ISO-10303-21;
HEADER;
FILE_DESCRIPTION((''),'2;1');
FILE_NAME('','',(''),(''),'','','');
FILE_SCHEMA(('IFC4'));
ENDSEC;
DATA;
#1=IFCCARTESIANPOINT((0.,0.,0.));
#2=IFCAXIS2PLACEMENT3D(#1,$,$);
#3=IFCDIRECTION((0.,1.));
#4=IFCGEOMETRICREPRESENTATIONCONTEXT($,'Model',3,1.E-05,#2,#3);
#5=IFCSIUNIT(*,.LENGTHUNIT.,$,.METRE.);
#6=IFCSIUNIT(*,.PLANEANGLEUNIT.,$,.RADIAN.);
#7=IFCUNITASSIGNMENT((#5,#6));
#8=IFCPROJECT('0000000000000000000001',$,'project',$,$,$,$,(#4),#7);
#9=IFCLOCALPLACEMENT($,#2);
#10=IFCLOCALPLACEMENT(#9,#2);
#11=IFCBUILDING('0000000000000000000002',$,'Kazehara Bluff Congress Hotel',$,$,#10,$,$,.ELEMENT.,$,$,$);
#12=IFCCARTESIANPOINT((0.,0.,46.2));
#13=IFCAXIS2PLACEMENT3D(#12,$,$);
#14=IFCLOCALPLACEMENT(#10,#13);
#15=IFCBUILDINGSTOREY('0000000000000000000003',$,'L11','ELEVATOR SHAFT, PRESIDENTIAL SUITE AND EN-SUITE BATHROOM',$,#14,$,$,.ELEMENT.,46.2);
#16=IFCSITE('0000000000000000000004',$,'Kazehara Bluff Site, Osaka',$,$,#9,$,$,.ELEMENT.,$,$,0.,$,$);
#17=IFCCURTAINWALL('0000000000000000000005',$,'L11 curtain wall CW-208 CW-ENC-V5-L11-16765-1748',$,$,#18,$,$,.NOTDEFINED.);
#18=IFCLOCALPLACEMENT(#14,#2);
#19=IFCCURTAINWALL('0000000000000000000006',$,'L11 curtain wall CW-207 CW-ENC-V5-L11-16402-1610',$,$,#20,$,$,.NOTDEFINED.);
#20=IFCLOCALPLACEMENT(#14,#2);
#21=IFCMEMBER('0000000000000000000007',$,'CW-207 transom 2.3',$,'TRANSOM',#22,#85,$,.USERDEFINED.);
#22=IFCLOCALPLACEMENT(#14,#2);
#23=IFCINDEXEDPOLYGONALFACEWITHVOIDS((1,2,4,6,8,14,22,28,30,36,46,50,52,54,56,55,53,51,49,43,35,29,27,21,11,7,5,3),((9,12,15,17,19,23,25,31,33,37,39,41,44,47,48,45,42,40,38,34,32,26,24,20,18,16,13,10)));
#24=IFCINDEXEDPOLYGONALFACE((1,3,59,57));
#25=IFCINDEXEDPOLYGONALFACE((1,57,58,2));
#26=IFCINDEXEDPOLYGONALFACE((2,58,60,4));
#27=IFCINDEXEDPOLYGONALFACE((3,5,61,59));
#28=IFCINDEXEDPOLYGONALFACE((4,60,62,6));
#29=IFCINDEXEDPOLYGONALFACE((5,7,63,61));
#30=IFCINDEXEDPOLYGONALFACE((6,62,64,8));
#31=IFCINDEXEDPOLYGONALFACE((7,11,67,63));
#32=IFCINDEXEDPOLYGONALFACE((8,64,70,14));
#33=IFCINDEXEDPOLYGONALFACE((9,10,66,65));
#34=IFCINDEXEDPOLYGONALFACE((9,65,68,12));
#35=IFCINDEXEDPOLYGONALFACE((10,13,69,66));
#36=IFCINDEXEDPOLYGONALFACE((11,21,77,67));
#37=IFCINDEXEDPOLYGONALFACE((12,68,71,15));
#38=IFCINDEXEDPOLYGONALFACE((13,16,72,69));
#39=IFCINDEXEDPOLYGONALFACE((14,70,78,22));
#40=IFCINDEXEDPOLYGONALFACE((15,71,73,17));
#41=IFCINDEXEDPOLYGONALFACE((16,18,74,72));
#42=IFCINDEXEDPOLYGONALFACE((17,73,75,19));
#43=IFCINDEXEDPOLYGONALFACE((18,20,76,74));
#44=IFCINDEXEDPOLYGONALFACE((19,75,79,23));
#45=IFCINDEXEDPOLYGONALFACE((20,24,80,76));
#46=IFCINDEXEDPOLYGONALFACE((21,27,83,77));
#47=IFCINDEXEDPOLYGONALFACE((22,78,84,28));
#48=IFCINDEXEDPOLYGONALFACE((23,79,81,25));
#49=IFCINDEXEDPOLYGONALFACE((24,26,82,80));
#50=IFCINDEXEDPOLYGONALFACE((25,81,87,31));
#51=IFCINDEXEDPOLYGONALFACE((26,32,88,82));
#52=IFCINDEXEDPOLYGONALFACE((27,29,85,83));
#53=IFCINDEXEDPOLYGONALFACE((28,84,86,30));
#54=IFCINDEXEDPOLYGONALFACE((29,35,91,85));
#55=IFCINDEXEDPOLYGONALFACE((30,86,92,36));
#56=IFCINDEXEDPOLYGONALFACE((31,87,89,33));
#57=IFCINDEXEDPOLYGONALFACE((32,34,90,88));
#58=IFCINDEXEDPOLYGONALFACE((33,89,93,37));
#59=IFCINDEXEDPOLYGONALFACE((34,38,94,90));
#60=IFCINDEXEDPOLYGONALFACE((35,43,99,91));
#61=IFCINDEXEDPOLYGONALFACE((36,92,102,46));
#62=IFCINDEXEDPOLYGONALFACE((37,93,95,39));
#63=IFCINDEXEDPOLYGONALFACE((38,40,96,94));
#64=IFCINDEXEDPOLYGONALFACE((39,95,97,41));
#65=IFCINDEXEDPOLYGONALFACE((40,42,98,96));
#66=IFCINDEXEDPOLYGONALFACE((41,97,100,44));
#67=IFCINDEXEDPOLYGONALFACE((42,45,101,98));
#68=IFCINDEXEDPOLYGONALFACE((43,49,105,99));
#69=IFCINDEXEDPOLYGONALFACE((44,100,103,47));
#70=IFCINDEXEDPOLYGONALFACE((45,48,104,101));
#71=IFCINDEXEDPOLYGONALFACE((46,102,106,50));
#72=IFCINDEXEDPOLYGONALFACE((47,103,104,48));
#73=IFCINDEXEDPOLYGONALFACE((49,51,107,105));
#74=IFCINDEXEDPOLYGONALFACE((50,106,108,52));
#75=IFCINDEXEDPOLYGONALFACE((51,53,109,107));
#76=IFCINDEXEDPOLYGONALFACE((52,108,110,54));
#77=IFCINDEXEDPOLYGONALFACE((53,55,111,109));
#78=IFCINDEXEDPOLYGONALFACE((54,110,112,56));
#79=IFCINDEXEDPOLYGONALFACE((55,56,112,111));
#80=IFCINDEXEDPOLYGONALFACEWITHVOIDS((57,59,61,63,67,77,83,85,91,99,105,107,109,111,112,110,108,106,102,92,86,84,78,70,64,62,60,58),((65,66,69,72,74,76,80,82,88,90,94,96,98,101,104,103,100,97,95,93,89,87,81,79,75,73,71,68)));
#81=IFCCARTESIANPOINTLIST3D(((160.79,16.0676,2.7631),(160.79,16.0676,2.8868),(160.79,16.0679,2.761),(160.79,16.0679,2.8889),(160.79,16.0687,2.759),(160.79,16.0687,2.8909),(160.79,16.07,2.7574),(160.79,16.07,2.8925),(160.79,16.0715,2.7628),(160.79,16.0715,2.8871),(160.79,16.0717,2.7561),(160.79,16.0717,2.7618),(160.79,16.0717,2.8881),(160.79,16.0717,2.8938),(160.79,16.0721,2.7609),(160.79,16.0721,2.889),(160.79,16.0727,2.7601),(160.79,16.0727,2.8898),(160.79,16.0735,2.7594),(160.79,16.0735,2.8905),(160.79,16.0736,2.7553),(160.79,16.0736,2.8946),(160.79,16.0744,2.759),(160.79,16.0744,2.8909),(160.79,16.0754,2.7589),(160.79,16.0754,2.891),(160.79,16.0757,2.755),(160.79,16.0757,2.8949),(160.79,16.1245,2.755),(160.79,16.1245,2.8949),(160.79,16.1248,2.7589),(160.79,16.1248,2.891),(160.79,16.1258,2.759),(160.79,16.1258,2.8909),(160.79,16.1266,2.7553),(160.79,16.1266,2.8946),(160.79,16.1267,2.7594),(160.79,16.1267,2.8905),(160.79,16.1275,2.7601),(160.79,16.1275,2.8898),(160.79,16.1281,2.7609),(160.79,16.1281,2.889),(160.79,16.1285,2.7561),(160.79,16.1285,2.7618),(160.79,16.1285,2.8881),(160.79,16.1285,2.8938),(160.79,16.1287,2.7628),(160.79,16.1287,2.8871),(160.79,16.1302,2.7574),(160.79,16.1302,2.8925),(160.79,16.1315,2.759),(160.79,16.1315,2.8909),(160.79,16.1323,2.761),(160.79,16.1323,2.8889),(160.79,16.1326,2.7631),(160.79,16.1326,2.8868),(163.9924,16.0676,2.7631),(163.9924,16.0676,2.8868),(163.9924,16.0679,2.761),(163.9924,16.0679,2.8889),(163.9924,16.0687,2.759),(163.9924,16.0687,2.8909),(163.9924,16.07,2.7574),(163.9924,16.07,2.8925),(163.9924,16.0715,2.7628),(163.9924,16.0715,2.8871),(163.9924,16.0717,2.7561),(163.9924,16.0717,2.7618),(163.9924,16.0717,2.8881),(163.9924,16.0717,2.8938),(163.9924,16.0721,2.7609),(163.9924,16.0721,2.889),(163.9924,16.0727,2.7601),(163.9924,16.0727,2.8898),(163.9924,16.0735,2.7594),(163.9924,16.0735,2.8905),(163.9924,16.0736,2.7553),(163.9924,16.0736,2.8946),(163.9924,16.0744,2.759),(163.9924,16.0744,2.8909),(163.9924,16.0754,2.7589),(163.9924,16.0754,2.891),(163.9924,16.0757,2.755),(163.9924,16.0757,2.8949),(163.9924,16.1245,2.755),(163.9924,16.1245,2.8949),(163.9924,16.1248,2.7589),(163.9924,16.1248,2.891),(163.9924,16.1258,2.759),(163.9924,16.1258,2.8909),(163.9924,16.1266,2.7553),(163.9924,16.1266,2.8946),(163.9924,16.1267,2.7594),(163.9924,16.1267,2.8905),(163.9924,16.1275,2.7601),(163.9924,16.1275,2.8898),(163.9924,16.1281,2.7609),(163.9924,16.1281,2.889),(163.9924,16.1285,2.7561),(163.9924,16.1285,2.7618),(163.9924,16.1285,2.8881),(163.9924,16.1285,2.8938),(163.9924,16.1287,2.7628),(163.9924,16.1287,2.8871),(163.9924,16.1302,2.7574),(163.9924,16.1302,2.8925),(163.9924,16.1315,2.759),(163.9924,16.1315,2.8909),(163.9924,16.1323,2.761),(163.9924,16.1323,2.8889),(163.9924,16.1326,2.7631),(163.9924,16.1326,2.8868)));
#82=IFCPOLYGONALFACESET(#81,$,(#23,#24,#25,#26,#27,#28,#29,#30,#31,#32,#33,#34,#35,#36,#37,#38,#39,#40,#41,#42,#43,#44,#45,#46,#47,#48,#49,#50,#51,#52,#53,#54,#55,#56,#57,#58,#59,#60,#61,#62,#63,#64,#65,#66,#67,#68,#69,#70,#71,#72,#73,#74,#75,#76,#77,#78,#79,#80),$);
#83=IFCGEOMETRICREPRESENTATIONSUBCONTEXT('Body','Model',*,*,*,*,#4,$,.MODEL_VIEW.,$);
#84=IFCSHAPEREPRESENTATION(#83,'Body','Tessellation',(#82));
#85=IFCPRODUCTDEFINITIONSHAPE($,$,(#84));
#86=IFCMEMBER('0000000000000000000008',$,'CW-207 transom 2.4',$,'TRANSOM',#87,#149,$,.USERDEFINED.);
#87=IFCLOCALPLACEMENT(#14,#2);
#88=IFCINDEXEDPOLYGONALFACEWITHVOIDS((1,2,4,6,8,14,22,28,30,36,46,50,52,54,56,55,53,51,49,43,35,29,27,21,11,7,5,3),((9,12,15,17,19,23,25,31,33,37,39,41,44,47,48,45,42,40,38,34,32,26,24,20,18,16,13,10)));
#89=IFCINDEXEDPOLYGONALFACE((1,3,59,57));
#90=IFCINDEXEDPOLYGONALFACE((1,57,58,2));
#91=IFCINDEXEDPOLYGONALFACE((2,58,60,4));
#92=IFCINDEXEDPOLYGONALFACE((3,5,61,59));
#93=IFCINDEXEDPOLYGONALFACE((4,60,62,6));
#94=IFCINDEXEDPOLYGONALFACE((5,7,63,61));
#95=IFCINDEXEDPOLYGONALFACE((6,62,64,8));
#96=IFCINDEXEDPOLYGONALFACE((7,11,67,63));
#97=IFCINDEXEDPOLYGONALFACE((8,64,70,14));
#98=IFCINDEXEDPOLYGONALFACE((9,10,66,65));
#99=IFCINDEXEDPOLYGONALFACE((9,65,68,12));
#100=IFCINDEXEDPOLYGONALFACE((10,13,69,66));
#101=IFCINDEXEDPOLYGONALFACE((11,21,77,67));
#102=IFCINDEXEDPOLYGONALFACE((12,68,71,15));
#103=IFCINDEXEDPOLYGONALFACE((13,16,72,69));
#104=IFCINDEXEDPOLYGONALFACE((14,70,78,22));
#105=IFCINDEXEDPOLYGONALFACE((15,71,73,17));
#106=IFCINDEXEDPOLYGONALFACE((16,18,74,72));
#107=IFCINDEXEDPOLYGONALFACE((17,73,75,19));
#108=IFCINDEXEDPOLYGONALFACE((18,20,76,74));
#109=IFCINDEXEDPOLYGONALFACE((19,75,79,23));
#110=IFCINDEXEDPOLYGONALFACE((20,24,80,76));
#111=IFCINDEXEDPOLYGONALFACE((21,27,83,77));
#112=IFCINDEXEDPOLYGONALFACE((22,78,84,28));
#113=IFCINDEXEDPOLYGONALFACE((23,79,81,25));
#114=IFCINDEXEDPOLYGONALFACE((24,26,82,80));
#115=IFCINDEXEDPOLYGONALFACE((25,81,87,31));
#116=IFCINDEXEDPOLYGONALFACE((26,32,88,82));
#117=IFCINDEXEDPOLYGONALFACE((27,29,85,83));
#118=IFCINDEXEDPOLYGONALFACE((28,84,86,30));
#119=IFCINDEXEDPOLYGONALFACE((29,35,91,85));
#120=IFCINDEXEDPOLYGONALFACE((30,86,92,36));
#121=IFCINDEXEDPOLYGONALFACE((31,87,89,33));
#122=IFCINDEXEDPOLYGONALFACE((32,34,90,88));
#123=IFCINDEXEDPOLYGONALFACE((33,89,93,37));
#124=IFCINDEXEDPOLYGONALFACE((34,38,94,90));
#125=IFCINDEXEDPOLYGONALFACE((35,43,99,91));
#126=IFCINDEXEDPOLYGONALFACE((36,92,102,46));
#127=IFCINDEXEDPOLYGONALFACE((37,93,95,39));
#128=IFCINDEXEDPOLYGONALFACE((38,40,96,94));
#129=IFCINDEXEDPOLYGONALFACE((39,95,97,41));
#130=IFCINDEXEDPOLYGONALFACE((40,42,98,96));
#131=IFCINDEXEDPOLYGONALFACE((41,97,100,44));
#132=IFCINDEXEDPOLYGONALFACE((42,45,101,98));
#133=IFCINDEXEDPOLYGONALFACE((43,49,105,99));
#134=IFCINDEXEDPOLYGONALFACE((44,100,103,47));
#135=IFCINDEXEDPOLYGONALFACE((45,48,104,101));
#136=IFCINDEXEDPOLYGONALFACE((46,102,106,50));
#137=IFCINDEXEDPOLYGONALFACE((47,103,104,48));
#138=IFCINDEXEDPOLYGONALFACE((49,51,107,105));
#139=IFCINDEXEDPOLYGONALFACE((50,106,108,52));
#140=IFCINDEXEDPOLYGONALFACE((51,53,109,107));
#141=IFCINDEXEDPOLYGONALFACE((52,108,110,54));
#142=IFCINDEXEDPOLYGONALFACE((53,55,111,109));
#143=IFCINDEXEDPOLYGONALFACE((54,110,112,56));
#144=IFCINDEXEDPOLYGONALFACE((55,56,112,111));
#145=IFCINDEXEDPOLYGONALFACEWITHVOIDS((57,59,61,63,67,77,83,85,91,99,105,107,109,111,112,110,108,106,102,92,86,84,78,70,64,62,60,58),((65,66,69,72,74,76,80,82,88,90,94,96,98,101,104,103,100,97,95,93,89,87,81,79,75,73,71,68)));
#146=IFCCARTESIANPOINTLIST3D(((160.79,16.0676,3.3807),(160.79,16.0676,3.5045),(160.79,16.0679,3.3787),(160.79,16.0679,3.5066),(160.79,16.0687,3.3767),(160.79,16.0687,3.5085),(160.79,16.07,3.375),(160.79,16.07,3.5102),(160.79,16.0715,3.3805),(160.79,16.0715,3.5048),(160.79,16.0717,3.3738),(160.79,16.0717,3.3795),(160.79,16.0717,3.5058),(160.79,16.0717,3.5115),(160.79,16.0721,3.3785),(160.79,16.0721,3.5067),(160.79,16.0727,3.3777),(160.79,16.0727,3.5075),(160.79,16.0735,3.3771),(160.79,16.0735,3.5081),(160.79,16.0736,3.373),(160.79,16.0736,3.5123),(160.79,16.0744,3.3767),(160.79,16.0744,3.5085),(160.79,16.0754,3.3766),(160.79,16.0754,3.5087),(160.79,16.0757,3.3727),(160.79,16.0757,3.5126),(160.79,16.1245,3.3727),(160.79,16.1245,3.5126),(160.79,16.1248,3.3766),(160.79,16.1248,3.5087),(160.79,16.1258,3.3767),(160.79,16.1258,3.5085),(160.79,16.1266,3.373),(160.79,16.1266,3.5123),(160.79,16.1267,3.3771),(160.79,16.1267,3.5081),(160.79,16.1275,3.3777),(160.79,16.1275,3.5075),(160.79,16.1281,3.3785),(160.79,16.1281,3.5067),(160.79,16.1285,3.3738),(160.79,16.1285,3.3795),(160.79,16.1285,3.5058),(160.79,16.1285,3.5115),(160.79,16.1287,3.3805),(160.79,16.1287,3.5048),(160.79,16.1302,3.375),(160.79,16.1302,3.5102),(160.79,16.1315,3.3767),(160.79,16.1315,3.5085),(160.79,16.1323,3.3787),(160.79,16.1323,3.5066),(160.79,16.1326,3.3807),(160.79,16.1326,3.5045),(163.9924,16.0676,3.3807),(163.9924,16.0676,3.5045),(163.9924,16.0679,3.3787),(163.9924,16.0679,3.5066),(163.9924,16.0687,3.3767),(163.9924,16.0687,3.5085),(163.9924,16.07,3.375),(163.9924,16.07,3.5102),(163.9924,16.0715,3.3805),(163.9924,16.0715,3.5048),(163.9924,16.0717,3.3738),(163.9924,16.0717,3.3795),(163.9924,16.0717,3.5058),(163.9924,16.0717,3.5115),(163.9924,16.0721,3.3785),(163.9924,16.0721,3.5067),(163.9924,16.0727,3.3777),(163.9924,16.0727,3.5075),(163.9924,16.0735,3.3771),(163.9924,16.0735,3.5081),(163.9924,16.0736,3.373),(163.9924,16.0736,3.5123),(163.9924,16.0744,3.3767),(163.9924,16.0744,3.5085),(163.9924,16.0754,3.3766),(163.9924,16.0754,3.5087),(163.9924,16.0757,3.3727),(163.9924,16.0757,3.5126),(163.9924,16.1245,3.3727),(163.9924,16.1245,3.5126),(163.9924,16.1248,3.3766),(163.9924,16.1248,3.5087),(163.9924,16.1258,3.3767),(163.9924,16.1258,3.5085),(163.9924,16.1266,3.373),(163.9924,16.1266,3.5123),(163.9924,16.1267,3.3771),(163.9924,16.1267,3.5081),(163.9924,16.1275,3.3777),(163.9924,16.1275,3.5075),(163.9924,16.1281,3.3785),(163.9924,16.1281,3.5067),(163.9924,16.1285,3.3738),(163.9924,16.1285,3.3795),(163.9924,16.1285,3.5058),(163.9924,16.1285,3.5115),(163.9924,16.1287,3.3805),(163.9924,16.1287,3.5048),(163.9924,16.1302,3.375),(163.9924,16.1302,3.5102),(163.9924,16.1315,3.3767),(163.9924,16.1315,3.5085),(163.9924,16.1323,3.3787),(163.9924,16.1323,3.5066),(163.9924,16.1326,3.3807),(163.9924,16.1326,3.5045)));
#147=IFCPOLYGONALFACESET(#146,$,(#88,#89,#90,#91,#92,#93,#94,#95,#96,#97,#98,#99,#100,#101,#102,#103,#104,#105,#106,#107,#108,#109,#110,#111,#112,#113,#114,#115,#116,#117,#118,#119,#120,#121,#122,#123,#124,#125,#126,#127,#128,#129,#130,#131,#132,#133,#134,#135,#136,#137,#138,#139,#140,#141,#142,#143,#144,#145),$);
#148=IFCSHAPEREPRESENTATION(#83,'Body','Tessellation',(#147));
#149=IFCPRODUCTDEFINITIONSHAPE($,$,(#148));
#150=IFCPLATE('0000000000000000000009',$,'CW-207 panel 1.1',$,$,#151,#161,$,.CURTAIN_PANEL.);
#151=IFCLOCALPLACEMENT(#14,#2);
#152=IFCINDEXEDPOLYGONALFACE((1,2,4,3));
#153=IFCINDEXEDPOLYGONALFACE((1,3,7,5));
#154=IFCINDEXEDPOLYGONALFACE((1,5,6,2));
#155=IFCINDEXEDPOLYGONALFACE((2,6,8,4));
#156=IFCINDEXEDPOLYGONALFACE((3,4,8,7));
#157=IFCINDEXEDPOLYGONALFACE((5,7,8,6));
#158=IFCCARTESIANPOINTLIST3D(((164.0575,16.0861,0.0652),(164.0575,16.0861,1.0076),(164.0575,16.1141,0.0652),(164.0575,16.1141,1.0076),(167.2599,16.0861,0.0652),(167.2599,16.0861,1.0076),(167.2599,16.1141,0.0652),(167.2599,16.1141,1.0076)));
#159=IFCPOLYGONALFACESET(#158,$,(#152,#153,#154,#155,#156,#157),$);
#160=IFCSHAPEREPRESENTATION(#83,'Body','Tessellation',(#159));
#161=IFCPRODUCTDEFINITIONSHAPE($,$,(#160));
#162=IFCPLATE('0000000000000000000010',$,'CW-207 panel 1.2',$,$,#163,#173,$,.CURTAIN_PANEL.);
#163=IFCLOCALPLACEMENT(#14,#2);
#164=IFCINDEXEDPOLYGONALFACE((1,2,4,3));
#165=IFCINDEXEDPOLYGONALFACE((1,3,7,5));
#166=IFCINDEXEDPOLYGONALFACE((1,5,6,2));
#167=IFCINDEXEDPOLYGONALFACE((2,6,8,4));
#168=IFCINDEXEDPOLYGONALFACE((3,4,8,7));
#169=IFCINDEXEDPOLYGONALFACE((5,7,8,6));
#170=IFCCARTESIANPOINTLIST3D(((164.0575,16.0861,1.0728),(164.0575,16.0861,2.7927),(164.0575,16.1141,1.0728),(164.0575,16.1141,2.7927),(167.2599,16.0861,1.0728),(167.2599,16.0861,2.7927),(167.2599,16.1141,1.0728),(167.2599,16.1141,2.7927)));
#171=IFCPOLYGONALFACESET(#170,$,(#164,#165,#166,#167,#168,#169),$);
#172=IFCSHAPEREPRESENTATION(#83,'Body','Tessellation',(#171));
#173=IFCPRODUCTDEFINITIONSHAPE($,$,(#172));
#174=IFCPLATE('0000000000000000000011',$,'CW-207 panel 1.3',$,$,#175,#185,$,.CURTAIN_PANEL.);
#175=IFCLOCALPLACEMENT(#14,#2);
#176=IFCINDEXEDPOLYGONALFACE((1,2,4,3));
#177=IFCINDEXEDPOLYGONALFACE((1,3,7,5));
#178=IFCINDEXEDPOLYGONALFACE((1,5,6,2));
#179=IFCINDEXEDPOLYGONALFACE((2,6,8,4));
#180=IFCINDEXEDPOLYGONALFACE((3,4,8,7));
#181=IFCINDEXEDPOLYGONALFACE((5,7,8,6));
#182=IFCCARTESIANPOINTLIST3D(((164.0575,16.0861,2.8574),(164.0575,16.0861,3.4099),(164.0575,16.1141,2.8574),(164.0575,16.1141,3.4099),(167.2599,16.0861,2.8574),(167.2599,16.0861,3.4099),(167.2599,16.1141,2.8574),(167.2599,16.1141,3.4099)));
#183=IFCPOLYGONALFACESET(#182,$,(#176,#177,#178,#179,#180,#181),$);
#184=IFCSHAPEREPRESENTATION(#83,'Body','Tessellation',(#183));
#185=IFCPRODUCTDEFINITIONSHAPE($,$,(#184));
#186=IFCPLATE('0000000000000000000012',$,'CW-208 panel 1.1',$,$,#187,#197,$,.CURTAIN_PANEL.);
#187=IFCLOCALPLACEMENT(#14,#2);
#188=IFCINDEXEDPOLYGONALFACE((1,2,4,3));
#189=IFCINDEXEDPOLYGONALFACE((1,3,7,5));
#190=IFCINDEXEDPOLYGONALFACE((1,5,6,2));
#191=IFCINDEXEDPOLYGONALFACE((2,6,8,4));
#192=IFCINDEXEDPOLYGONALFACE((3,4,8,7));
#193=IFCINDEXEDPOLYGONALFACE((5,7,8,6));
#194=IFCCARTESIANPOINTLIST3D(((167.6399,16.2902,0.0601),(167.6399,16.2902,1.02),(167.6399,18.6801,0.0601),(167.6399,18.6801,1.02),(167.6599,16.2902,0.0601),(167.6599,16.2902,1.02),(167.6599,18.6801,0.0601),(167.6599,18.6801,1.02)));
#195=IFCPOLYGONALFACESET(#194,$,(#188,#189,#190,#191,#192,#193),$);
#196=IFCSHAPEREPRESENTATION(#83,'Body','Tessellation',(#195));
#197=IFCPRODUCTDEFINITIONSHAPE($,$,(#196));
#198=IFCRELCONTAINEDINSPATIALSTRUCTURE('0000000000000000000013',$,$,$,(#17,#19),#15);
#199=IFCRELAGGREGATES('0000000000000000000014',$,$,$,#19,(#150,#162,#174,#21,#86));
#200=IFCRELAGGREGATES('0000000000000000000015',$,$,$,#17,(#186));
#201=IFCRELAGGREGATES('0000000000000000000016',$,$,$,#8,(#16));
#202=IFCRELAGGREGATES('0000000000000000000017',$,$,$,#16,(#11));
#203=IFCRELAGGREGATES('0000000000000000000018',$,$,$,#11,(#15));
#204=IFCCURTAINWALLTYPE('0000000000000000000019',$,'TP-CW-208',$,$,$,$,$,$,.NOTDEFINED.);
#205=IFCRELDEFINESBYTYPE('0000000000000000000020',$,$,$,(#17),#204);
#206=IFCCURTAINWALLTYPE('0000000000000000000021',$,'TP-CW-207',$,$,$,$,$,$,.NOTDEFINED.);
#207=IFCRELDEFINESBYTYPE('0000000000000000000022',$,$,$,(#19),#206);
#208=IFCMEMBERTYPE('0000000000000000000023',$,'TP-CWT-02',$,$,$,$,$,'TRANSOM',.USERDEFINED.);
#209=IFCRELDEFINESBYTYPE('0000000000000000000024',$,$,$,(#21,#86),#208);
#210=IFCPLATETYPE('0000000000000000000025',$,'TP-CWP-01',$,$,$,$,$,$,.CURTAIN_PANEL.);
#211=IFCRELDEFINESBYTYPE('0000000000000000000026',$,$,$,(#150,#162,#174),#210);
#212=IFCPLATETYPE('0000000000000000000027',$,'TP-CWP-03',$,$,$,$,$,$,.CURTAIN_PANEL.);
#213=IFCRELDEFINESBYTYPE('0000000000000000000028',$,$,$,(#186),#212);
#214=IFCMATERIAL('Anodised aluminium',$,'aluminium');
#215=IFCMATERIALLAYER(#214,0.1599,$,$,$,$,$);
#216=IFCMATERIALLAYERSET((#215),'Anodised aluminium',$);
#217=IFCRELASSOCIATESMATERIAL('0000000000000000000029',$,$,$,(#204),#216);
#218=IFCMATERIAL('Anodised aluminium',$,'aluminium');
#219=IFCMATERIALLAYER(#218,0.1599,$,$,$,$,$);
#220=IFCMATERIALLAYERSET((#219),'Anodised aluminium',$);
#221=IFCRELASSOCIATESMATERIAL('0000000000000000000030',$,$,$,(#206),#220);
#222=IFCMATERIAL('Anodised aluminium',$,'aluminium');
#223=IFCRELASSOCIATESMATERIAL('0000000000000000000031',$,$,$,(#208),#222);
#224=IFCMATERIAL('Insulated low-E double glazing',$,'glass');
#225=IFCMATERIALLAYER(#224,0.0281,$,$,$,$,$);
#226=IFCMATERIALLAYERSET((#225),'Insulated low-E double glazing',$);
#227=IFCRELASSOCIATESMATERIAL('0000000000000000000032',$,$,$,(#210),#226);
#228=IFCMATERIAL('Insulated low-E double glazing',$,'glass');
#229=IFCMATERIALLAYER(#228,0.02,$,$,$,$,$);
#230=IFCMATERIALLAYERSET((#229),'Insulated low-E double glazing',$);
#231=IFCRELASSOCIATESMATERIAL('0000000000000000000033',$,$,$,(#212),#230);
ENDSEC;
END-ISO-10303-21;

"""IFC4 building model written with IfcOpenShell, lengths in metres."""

from ifc_helpers import new_model, si_unit, direction, frame, origin, origin_2d, place, context, subcontext, project, spatial, rectangle, hollow_rectangle, extrude, material, layer, layer_set, material_profile, profile_set, type_object, element, aggregate, save


model = new_model("IFC4")

# Units and contexts
model_context = context("Model", 3, precision=1e-05, world=origin(), true_north=direction((0.0, 1.0)))
body_context = subcontext(model_context, "Body", "Model", "MODEL_VIEW")
ifc_project = project(units=[si_unit("LENGTHUNIT", "METRE"), si_unit("PLANEANGLEUNIT", "RADIAN")], contexts=[model_context])

# Site, building, storey
site_placement = place(None, origin())
site = spatial("IfcSite", under=ifc_project, at=site_placement, Name="Kazehara Bluff Site, Osaka", CompositionType="ELEMENT", RefElevation=0.0)
building_placement = place(site_placement, origin())
building = spatial("IfcBuilding", under=site, at=building_placement, Name="Kazehara Bluff Congress Hotel", CompositionType="ELEMENT")
storey_placement = place(building_placement, frame((0.0, 0.0, 46.2)))
storey = spatial("IfcBuildingStorey", under=building, at=storey_placement, Name="L11", Description="ELEVATOR SHAFT, PRESIDENTIAL SUITE AND EN-SUITE BATHROOM", CompositionType="ELEMENT", Elevation=46.2)

# Curtain wall
ifc_material_1 = material(Name="Anodised aluminium", Category="aluminium")
ifc_layer_1 = layer(ifc_material_1, 0.1599)
ifc_layer_set_1 = layer_set([ifc_layer_1], Name="Anodised aluminium")
curtain_wall_type_1 = type_object("IfcCurtainWallType", Name="TP-CW-208", PredefinedType="NOTDEFINED", material=ifc_layer_set_1)
curtain_wall_1_placement = place(storey_placement, origin())
curtain_wall_1 = element("IfcCurtainWall", 1, at=curtain_wall_1_placement, inside=storey, type_object=curtain_wall_type_1, Name="L11 curtain wall CW-208 CW-ENC-V5-L11-16765-1748", PredefinedType="NOTDEFINED")

# Curtain wall
ifc_material_2 = material(Name="Anodised aluminium", Category="aluminium")
ifc_layer_2 = layer(ifc_material_2, 0.1599)
ifc_layer_set_2 = layer_set([ifc_layer_2], Name="Anodised aluminium")
curtain_wall_type_2 = type_object("IfcCurtainWallType", Name="TP-CW-207", PredefinedType="NOTDEFINED", material=ifc_layer_set_2)
curtain_wall_2_placement = place(storey_placement, origin())
curtain_wall_2 = element("IfcCurtainWall", 2, at=curtain_wall_2_placement, inside=storey, type_object=curtain_wall_type_2, Name="L11 curtain wall CW-207 CW-ENC-V5-L11-16402-1610", PredefinedType="NOTDEFINED")

# Members
ifc_material_3 = material(Name="Anodised aluminium", Category="aluminium")
ifc_material_profile_1 = material_profile(ifc_material_3, hollow_rectangle(XDim=0.0649, YDim=0.1399, WallThickness=0.0039, InnerFilletRadius=0.0039, OuterFilletRadius=0.0081, at=origin_2d()))
ifc_profile_set_1 = profile_set([ifc_material_profile_1], Name="Anodised aluminium")
member_type_1 = type_object("IfcMemberType", Name="TP-CWT-02", ElementType="TRANSOM", PredefinedType="USERDEFINED", material=ifc_profile_set_1)
member_1_placement = place(storey_placement, frame((163.9924, 16.1001, 2.825), z_axis=(-1.0, 0.0, 0.0), x_axis=(0.0, -1.0, 0.0)))
member_1 = element("IfcMember", 3, at=member_1_placement, type_object=member_type_1, Name="CW-207 transom 2.3", ObjectType="TRANSOM", PredefinedType="USERDEFINED", context=body_context, shape_type="SweptSolid", body=[
    extrude(hollow_rectangle(XDim=0.0649, YDim=0.1399, WallThickness=0.0039, InnerFilletRadius=0.0039, OuterFilletRadius=0.0081, at=origin_2d()), origin(), (0.0, 0.0, 1.0), 3.2024),
])
member_2_placement = place(storey_placement, frame((163.9924, 16.1001, 3.4426), z_axis=(-1.0, 0.0, 0.0), x_axis=(0.0, -1.0, 0.0)))
member_2 = element("IfcMember", 4, at=member_2_placement, type_object=member_type_1, Name="CW-207 transom 2.4", ObjectType="TRANSOM", PredefinedType="USERDEFINED", context=body_context, shape_type="SweptSolid", body=[
    extrude(hollow_rectangle(XDim=0.0649, YDim=0.1399, WallThickness=0.0039, InnerFilletRadius=0.0039, OuterFilletRadius=0.0081, at=origin_2d()), origin(), (0.0, 0.0, 1.0), 3.2024),
])

# Plates
ifc_material_4 = material(Name="Insulated low-E double glazing", Category="glass")
ifc_layer_3 = layer(ifc_material_4, 0.0281)
ifc_layer_set_3 = layer_set([ifc_layer_3], Name="Insulated low-E double glazing")
plate_type_1 = type_object("IfcPlateType", Name="TP-CWP-01", PredefinedType="CURTAIN_PANEL", material=ifc_layer_set_3)
plate_1_placement = place(storey_placement, frame((165.6587, 16.1001, 0.0652), z_axis=(0.0, 0.0, 1.0), x_axis=(-1.0, 0.0, 0.0)))
plate_1 = element("IfcPlate", 5, at=plate_1_placement, type_object=plate_type_1, Name="CW-207 panel 1.1", PredefinedType="CURTAIN_PANEL", context=body_context, shape_type="SweptSolid", body=[
    extrude(rectangle(XDim=3.2024, YDim=0.0281, at=origin_2d()), origin(), (0.0, 0.0, 1.0), 0.9424),
])
plate_2_placement = place(storey_placement, frame((165.6587, 16.1001, 1.0728), z_axis=(0.0, 0.0, 1.0), x_axis=(-1.0, 0.0, 0.0)))
plate_2 = element("IfcPlate", 6, at=plate_2_placement, type_object=plate_type_1, Name="CW-207 panel 1.2", PredefinedType="CURTAIN_PANEL", context=body_context, shape_type="SweptSolid", body=[
    extrude(rectangle(XDim=3.2024, YDim=0.0281, at=origin_2d()), origin(), (0.0, 0.0, 1.0), 1.72),
])
plate_3_placement = place(storey_placement, frame((165.6587, 16.1001, 2.8574), z_axis=(0.0, 0.0, 1.0), x_axis=(-1.0, 0.0, 0.0)))
plate_3 = element("IfcPlate", 7, at=plate_3_placement, type_object=plate_type_1, Name="CW-207 panel 1.3", PredefinedType="CURTAIN_PANEL", context=body_context, shape_type="SweptSolid", body=[
    extrude(rectangle(XDim=3.2024, YDim=0.0281, at=origin_2d()), origin(), (0.0, 0.0, 1.0), 0.5525),
])
aggregate(curtain_wall_2, [plate_1, plate_2, plate_3, member_1, member_2])
ifc_material_5 = material(Name="Insulated low-E double glazing", Category="glass")
ifc_layer_4 = layer(ifc_material_5, 0.02)
ifc_layer_set_4 = layer_set([ifc_layer_4], Name="Insulated low-E double glazing")
plate_type_2 = type_object("IfcPlateType", Name="TP-CWP-03", PredefinedType="CURTAIN_PANEL", material=ifc_layer_set_4)
plate_4_placement = place(storey_placement, frame((167.6499, 17.4851, 0.0601), z_axis=(0.0, 0.0, 1.0), x_axis=(0.0, -1.0, 0.0)))
plate_4 = element("IfcPlate", 8, at=plate_4_placement, type_object=plate_type_2, Name="CW-208 panel 1.1", PredefinedType="CURTAIN_PANEL", context=body_context, shape_type="SweptSolid", body=[
    extrude(rectangle(XDim=2.3899, YDim=0.02, at=origin_2d()), origin(), (0.0, 0.0, 1.0), 0.96),
])
aggregate(curtain_wall_1, [plate_4])

save(model, "model.ifc")
